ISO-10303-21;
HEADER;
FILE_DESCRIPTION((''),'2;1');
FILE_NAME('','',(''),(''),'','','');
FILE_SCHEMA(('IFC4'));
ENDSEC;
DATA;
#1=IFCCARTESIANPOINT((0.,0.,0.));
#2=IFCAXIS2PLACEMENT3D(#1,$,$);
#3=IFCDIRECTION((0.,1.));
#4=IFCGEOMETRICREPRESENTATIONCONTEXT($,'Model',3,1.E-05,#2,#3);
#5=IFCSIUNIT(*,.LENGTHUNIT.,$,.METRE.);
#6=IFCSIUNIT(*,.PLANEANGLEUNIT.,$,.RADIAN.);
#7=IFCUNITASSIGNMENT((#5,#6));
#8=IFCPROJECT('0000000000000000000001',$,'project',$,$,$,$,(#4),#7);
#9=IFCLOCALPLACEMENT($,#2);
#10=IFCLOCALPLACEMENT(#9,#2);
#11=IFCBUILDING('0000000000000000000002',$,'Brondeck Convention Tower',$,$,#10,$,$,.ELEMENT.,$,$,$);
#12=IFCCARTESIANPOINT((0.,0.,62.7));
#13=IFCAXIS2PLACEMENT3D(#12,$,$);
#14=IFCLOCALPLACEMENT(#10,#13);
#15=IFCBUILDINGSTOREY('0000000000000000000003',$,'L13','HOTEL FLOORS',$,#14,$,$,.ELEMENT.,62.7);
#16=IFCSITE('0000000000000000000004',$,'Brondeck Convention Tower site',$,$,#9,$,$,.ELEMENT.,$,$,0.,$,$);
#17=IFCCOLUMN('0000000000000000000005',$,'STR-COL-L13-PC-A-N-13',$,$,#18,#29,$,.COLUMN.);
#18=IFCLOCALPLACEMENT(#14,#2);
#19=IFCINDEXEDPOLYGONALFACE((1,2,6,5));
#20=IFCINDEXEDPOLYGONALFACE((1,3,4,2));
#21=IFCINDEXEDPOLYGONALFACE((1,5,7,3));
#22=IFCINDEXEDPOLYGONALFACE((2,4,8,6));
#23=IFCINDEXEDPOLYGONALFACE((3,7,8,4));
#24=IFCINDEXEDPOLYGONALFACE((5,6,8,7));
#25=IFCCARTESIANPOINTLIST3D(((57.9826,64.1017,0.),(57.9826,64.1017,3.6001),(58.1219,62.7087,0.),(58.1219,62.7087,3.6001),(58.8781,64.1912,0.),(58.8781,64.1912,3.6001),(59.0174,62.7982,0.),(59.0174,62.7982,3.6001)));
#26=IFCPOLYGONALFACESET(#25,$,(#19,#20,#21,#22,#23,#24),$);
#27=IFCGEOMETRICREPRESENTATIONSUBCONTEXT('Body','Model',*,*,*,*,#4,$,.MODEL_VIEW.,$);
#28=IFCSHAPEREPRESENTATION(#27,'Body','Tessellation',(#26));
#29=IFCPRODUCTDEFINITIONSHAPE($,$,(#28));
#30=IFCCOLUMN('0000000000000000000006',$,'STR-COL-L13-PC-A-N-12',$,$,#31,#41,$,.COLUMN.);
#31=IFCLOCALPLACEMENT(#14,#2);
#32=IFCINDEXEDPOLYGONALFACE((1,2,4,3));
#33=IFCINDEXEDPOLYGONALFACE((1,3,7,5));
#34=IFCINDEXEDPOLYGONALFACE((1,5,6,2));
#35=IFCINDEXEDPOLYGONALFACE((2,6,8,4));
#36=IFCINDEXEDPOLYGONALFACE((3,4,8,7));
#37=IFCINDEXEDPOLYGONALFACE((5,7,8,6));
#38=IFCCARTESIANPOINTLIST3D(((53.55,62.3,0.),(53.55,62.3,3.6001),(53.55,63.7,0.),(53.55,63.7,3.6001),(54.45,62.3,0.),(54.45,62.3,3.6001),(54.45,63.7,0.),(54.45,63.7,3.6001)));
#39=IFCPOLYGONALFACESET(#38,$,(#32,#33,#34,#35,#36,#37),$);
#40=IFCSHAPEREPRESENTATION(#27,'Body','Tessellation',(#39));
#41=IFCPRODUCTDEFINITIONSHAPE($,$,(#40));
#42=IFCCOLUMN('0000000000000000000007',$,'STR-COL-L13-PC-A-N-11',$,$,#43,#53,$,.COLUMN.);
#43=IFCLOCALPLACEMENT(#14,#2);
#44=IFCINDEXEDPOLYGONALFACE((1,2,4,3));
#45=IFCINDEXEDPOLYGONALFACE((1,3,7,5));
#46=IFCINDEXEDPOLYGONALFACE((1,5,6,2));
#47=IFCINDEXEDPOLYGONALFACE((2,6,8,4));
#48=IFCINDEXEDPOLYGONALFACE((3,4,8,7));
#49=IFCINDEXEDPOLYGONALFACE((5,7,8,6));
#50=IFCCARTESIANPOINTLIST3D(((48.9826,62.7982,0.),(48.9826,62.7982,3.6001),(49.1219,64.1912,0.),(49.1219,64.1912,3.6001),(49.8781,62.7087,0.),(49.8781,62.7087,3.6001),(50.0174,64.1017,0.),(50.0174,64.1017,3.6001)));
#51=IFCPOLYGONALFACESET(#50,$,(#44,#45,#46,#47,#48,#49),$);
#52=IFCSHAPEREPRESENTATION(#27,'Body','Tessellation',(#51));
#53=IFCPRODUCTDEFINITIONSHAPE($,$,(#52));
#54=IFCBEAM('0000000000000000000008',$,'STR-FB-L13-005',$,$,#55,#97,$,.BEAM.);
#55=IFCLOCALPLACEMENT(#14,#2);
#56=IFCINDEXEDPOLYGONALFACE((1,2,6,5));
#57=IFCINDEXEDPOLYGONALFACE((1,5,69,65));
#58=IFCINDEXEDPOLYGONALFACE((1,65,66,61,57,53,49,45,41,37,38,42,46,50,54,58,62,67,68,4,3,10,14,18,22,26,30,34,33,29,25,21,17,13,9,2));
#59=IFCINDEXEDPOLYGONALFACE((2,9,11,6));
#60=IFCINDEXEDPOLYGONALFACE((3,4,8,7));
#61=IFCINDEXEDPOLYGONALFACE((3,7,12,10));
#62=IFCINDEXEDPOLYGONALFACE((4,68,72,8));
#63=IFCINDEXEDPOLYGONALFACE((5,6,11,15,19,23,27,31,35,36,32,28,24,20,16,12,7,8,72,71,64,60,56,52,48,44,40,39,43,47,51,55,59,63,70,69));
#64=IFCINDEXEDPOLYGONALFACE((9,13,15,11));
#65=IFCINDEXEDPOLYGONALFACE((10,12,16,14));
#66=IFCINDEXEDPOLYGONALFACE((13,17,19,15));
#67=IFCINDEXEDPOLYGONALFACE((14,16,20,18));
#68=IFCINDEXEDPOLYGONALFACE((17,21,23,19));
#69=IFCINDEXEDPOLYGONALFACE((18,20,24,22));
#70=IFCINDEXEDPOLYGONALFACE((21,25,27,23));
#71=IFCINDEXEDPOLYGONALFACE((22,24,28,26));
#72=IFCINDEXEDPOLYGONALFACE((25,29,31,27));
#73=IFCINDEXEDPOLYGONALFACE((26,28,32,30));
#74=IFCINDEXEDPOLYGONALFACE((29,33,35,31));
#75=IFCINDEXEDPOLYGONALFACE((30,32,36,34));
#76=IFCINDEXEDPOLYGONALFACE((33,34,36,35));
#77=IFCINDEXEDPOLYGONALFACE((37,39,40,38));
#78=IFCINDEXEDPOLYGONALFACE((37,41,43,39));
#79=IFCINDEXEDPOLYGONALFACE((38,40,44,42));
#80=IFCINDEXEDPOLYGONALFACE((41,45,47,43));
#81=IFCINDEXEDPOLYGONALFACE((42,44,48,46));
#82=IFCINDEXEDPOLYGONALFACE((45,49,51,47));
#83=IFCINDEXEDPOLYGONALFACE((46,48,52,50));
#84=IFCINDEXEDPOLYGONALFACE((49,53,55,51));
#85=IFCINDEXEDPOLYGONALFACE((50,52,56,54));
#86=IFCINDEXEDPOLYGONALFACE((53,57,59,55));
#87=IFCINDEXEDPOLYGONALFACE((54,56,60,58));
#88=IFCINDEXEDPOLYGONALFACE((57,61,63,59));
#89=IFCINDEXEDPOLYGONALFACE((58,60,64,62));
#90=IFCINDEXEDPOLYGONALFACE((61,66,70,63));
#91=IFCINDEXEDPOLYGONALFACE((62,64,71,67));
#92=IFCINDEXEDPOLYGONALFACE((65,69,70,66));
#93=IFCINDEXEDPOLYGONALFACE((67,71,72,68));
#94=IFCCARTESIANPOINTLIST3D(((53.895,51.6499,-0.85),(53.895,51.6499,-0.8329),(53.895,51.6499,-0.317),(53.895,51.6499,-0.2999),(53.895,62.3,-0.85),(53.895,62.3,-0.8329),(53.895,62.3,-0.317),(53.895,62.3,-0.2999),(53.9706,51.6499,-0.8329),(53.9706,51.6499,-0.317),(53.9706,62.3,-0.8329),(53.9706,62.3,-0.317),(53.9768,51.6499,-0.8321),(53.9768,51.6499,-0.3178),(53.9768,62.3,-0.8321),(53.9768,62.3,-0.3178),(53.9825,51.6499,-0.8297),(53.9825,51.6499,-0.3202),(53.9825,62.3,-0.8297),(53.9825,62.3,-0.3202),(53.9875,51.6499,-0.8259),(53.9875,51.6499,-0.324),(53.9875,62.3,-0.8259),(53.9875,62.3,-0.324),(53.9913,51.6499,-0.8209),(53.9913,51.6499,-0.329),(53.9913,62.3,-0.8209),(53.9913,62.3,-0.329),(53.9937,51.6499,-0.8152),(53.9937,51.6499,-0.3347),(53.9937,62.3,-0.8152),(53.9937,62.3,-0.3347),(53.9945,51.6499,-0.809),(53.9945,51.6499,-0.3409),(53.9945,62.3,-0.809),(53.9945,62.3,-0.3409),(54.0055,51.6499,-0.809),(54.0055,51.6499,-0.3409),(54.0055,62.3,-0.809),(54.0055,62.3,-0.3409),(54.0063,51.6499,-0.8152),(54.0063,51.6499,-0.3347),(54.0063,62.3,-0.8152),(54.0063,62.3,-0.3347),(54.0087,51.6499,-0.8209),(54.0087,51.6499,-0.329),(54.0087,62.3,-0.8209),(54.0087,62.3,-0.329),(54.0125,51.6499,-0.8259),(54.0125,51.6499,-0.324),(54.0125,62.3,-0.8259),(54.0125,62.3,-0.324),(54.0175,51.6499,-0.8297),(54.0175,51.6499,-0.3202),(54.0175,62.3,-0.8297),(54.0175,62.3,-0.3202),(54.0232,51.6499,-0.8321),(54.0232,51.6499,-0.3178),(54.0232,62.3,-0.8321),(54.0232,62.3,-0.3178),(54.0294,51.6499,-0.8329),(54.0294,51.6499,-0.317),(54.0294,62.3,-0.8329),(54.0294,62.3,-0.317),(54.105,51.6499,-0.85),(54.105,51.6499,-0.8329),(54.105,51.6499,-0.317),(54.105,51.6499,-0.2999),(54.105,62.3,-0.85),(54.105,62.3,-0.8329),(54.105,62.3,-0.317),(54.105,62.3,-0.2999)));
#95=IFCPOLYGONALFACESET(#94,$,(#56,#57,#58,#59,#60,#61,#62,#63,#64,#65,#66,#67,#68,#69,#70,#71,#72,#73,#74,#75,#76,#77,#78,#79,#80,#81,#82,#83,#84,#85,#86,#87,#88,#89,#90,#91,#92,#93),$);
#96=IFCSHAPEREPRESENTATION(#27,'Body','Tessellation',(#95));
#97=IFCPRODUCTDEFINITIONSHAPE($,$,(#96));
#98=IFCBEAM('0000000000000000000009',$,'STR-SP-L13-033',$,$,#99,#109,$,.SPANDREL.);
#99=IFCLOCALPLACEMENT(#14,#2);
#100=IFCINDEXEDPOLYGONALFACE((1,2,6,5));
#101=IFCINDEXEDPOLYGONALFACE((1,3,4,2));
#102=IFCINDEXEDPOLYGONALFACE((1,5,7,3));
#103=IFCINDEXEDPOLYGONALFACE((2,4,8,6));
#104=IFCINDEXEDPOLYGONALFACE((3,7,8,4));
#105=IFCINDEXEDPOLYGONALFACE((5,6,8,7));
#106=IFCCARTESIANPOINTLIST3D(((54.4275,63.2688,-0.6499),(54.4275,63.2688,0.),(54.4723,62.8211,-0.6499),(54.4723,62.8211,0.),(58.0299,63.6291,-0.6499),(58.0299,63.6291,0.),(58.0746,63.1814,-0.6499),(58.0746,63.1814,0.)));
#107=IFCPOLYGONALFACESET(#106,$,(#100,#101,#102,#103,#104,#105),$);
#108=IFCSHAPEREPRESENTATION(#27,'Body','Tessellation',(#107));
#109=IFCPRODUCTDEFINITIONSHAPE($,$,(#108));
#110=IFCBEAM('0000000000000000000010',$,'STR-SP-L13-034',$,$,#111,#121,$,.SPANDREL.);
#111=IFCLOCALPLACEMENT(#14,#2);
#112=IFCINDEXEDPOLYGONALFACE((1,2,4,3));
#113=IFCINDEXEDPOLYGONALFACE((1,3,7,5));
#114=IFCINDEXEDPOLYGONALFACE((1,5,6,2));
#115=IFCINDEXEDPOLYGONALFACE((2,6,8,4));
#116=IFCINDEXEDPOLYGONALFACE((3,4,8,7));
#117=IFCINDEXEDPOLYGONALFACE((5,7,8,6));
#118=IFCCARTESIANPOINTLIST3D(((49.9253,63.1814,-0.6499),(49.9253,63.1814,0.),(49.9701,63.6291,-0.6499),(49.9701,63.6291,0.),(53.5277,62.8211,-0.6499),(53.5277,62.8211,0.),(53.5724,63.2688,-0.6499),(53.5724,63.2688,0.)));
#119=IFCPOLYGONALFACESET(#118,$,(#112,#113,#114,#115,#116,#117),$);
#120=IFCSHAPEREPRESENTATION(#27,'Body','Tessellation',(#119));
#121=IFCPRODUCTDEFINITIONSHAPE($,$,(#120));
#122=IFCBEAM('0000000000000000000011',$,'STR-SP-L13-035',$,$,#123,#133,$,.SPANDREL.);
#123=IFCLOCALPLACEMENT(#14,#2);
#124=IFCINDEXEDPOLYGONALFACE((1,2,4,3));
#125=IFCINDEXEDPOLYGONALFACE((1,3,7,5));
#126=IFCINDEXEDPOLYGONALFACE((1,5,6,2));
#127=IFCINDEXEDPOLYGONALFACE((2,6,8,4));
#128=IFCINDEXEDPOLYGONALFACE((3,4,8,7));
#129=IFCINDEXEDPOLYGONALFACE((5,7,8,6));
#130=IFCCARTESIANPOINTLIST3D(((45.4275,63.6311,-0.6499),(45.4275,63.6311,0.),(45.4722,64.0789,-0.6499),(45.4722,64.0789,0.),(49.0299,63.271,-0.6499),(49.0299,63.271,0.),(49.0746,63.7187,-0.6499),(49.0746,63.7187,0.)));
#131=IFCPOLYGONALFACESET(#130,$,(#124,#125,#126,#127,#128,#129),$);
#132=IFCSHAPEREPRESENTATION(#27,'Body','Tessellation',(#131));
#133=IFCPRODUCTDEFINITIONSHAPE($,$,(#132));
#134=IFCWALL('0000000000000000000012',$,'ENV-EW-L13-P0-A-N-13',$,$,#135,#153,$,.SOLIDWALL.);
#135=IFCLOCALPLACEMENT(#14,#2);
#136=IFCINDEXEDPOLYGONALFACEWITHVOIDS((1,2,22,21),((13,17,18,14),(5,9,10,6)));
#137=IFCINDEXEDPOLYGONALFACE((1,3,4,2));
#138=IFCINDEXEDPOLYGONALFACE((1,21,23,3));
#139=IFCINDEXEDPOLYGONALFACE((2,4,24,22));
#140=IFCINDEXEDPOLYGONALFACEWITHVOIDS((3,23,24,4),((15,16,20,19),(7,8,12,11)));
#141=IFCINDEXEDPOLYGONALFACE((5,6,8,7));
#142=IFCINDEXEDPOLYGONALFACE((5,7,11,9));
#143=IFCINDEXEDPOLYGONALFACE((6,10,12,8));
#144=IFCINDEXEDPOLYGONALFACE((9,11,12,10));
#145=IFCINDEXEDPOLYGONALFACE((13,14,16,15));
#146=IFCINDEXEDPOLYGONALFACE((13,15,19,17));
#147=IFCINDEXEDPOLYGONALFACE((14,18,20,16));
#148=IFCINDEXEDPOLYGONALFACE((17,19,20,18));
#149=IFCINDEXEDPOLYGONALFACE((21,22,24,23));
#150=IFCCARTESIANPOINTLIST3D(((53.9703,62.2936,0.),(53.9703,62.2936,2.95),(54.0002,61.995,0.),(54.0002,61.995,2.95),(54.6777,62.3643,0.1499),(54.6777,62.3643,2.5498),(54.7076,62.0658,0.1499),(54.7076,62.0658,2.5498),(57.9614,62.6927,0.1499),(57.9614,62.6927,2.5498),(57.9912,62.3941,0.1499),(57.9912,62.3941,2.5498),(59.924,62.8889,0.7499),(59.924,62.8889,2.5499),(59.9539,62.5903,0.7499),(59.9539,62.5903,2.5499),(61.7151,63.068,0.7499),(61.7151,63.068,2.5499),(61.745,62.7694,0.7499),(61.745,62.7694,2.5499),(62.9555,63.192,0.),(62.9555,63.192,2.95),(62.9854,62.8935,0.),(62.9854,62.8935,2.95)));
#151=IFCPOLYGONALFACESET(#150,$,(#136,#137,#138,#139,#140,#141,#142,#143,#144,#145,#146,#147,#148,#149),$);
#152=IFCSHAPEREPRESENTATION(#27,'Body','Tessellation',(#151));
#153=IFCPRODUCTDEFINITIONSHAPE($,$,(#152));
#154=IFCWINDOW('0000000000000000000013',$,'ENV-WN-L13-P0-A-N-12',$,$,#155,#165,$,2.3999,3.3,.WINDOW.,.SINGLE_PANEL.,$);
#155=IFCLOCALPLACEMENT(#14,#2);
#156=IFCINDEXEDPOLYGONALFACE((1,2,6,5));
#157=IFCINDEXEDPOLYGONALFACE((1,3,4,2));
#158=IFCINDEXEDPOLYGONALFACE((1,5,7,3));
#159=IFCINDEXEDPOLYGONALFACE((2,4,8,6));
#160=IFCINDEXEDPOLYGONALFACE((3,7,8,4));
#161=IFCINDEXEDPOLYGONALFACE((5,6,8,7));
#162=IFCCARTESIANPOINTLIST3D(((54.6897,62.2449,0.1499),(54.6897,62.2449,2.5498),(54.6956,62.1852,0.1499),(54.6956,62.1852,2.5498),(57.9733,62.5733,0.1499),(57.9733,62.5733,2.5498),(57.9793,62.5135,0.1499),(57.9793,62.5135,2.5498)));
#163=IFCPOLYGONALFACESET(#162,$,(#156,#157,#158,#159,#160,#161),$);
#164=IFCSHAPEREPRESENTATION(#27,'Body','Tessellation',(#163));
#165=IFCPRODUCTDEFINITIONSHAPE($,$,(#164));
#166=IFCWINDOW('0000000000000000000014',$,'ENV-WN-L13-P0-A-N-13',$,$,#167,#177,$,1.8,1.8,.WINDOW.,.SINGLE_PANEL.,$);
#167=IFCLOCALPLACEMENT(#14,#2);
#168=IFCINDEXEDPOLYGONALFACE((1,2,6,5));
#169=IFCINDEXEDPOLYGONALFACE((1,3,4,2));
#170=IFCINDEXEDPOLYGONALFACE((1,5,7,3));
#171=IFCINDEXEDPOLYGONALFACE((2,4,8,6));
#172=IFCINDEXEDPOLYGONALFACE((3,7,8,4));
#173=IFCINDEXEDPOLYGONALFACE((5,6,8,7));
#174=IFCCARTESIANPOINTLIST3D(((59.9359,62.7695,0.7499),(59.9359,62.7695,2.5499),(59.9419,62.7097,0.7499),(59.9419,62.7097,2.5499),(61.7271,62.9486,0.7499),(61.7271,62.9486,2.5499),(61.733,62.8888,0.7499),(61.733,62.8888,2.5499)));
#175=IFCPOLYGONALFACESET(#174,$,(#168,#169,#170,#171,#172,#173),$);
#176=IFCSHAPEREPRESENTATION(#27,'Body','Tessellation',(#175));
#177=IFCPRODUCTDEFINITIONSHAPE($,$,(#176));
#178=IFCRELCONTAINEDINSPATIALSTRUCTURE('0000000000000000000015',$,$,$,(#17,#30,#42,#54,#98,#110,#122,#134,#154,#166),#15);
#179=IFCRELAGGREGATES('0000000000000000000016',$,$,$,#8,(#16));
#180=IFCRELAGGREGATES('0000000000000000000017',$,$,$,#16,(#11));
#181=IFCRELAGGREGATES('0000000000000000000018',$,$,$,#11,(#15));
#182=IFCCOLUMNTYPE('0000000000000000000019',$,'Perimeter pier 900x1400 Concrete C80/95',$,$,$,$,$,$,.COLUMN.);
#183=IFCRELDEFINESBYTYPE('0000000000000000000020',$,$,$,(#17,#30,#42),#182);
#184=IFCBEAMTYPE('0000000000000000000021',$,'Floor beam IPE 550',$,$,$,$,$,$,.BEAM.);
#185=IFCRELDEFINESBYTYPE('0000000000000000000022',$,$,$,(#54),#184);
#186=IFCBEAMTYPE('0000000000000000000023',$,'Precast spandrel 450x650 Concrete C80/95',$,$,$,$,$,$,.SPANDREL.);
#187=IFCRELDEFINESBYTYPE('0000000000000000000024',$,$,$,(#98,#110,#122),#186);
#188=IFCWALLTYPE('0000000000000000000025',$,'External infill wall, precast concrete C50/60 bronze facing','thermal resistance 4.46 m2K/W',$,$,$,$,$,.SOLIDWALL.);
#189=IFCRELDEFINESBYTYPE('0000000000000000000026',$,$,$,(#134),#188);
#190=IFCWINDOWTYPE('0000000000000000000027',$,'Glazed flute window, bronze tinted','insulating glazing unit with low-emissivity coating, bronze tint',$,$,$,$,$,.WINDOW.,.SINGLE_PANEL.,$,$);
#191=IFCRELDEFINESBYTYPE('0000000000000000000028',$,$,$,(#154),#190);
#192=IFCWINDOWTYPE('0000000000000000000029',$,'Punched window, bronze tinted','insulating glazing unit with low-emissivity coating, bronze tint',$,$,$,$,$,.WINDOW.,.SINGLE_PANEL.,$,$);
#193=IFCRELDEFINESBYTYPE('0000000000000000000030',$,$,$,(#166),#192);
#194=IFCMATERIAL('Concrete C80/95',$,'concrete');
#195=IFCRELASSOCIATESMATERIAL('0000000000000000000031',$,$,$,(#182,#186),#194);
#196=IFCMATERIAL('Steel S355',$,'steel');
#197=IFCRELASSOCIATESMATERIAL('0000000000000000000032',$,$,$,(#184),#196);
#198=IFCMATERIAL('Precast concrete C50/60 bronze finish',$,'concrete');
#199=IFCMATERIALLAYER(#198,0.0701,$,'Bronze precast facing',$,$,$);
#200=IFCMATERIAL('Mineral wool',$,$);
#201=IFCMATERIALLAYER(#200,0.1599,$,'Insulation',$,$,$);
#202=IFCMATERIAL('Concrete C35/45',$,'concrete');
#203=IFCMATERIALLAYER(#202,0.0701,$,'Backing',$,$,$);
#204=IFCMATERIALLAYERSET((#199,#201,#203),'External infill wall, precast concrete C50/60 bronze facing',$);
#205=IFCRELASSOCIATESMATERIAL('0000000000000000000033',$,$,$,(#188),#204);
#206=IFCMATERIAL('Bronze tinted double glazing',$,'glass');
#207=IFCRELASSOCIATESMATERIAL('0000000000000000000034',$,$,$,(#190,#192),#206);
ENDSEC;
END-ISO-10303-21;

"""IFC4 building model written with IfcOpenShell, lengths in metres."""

from ifc_helpers import new_model, si_unit, direction, frame, frame_2d, origin, origin_2d, place, context, subcontext, project, spatial, rectangle, i_section, extrude, material, layer, layer_set, material_profile, profile_set, type_object, element, fill, save


model = new_model("IFC4")

# Units and contexts
model_context = context("Model", 3, precision=1e-05, world=origin(), true_north=direction((0.0, 1.0)))
body_context = subcontext(model_context, "Body", "Model", "MODEL_VIEW")
ifc_project = project(units=[si_unit("LENGTHUNIT", "METRE"), si_unit("PLANEANGLEUNIT", "RADIAN")], contexts=[model_context])

# Site, building, storey
site_placement = place(None, origin())
site = spatial("IfcSite", under=ifc_project, at=site_placement, Name="Brondeck Convention Tower site", CompositionType="ELEMENT", RefElevation=0.0)
building_placement = place(site_placement, origin())
building = spatial("IfcBuilding", under=site, at=building_placement, Name="Brondeck Convention Tower", CompositionType="ELEMENT")
storey_placement = place(building_placement, frame((0.0, 0.0, 62.7)))
storey = spatial("IfcBuildingStorey", under=building, at=storey_placement, Name="L13", Description="HOTEL FLOORS", CompositionType="ELEMENT", Elevation=62.7)

# Columns
ifc_material_1 = material(Name="Concrete C80/95", Category="concrete")
ifc_material_profile_1 = material_profile(ifc_material_1, rectangle(XDim=0.8999, YDim=1.3999, at=origin_2d()), Name="Perimeter pier 900x1400 Concrete C80/95")
ifc_profile_set_1 = profile_set([ifc_material_profile_1], Name="Concrete C80/95")
column_type = type_object("IfcColumnType", Name="Perimeter pier 900x1400 Concrete C80/95", PredefinedType="COLUMN", material=ifc_profile_set_1)
for number, where, z_axis, x_axis, name in (
    (1, (58.5, 63.45, 0.0), (0.0, 0.0, 1.0), (-0.995037, -0.099504, 0.0), "STR-COL-L13-PC-A-N-13"),
    (2, (54.0, 63.0, 0.0), (0.0, 0.0, 1.0), (-1.0, 0.0, 0.0), "STR-COL-L13-PC-A-N-12"),
    (3, (49.5, 63.45, 0.0), (0.0, 0.0, 1.0), (-0.995037, 0.099504, 0.0), "STR-COL-L13-PC-A-N-11"),
):
    element("IfcColumn", number, at=place(storey_placement, frame(where, z_axis=z_axis, x_axis=x_axis)), inside=storey, type_object=column_type, Name=name, PredefinedType="COLUMN", context=body_context, shape_type="SweptSolid", body=[
        extrude(rectangle(XDim=0.8999, YDim=1.3999, at=origin_2d()), origin(), (0.0, 0.0, 1.0), 3.6001),
    ])

# Beams
ifc_material_2 = material(Name="Steel S355", Category="steel")
ifc_material_profile_2 = material_profile(ifc_material_2, i_section(OverallWidth=0.21, OverallDepth=0.55, WebThickness=0.011, FlangeThickness=0.0171, FilletRadius=0.0239, at=origin_2d()), Name="IPE 550")
ifc_profile_set_2 = profile_set([ifc_material_profile_2], Name="Steel S355")
beam_type_1 = type_object("IfcBeamType", Name="Floor beam IPE 550", PredefinedType="BEAM", material=ifc_profile_set_2)
beam_placement = place(storey_placement, frame((54.0, 51.6499, -0.575), z_axis=(0.0, 1.0, 0.0), x_axis=(-1.0, 0.0, 0.0)))
element("IfcBeam", 4, at=beam_placement, inside=storey, type_object=beam_type_1, Name="STR-FB-L13-005", PredefinedType="BEAM", context=body_context, shape_type="SweptSolid", body=[
    extrude(i_section(OverallWidth=0.21, OverallDepth=0.55, WebThickness=0.011, FlangeThickness=0.0171, FilletRadius=0.0239, at=origin_2d()), origin(), (0.0, 0.0, 1.0), 10.6501),
])
ifc_material_profile_3 = material_profile(ifc_material_1, rectangle(XDim=0.45, YDim=0.6499, at=origin_2d()), Name="Precast spandrel 450x650 Concrete C80/95")
ifc_profile_set_3 = profile_set([ifc_material_profile_3], Name="Concrete C80/95")
beam_type_2 = type_object("IfcBeamType", Name="Precast spandrel 450x650 Concrete C80/95", PredefinedType="SPANDREL", material=ifc_profile_set_3)
for number, where, z_axis, x_axis, name in (
    (5, (58.0522, 63.4053, -0.325), (-0.995034, -0.099537, 0.0), (0.099537, -0.995034, 0.0), "STR-SP-L13-033"),
    (6, (53.55, 63.0449, -0.325), (-0.995034, 0.099537, 0.0), (-0.099537, -0.995034, 0.0), "STR-SP-L13-034"),
    (7, (49.0522, 63.4949, -0.325), (-0.995041, 0.09947, 0.0), (-0.09947, -0.995041, 0.0), "STR-SP-L13-035"),
):
    element("IfcBeam", number, at=place(storey_placement, frame(where, z_axis=z_axis, x_axis=x_axis)), inside=storey, type_object=beam_type_2, Name=name, PredefinedType="SPANDREL", context=body_context, shape_type="SweptSolid", body=[
        extrude(rectangle(XDim=0.45, YDim=0.6499, at=origin_2d()), origin(), (0.0, 0.0, 1.0), 3.6204),
    ])

# Wall, openings, windows
ifc_material_3 = material(Name="Precast concrete C50/60 bronze finish", Category="concrete")
ifc_layer_1 = layer(ifc_material_3, 0.0701, Name="Bronze precast facing")
ifc_material_4 = material(Name="Mineral wool")
ifc_layer_2 = layer(ifc_material_4, 0.1599, Name="Insulation")
ifc_material_5 = material(Name="Concrete C35/45", Category="concrete")
ifc_layer_3 = layer(ifc_material_5, 0.0701, Name="Backing")
ifc_layer_set_1 = layer_set([ifc_layer_1, ifc_layer_2, ifc_layer_3], Name="External infill wall, precast concrete C50/60 bronze facing")
wall_type_1 = type_object("IfcWallType", Name="External infill wall, precast concrete C50/60 bronze facing", Description="thermal resistance 4.46 m2K/W", PredefinedType="SOLIDWALL", material=ifc_layer_set_1)
wall_1_placement = place(storey_placement, frame((53.9851, 62.1443, 0.0), z_axis=(0.0, 0.0, 1.0), x_axis=(0.995038, 0.099496, 0.0)))
wall_1 = element("IfcWall", 8, at=wall_1_placement, inside=storey, type_object=wall_type_1, Name="ENV-EW-L13-P0-A-N-13", PredefinedType="SOLIDWALL", context=body_context, shape_type="SweptSolid", body=[
    extrude(rectangle(XDim=9.03, YDim=0.3, at=frame_2d((4.5151, 0.0))), origin(), (0.0, 0.0, 1.0), 2.95),
])
opening_1_placement = place(wall_1_placement, frame((0.7112, 0.0, 0.1499)))
opening_1 = element("IfcOpeningElement", 9, at=opening_1_placement, cuts=wall_1, PredefinedType="OPENING", context=body_context, shape_type="SweptSolid", body=[
    extrude(rectangle(XDim=3.3, YDim=2.3999, at=frame_2d((1.6499, 1.2))), frame((0.0, 0.1599, 0.0), z_axis=(0.0, -1.0, 0.0), x_axis=(1.0, 0.0, 0.0)), (0.0, 0.0, 1.0), 0.3201),
])
opening_2_placement = place(wall_1_placement, frame((5.9836, 0.0, 0.75)))
opening_2 = element("IfcOpeningElement", 10, at=opening_2_placement, cuts=wall_1, PredefinedType="OPENING", context=body_context, shape_type="SweptSolid", body=[
    extrude(rectangle(XDim=1.8, YDim=1.8, at=frame_2d((0.8999, 0.8999))), frame((0.0, 0.1599, 0.0), z_axis=(0.0, -1.0, 0.0), x_axis=(1.0, 0.0, 0.0)), (0.0, 0.0, 1.0), 0.3201),
])
ifc_material_6 = material(Name="Bronze tinted double glazing", Category="glass")
window_type_1 = type_object("IfcWindowType", Name="Glazed flute window, bronze tinted", Description="insulating glazing unit with low-emissivity coating, bronze tint", PartitioningType="SINGLE_PANEL", PredefinedType="WINDOW", material=ifc_material_6)
window_1_placement = place(opening_1_placement, origin())
window_1 = element("IfcWindow", 11, at=window_1_placement, inside=storey, type_object=window_type_1, Name="ENV-WN-L13-P0-A-N-12", OverallHeight=2.3999, OverallWidth=3.3, PartitioningType="SINGLE_PANEL", PredefinedType="WINDOW", context=body_context, shape_type="SweptSolid", body=[
    extrude(rectangle(XDim=3.3, YDim=2.3999, at=frame_2d((1.6499, 1.2))), frame((0.0, 0.03, 0.0), z_axis=(0.0, -1.0, 0.0), x_axis=(1.0, 0.0, 0.0)), (0.0, 0.0, 1.0), 0.0601),
])
fill(opening_1, window_1)
window_type_2 = type_object("IfcWindowType", Name="Punched window, bronze tinted", Description="insulating glazing unit with low-emissivity coating, bronze tint", PartitioningType="SINGLE_PANEL", PredefinedType="WINDOW", material=ifc_material_6)
window_2_placement = place(opening_2_placement, origin())
window_2 = element("IfcWindow", 12, at=window_2_placement, inside=storey, type_object=window_type_2, Name="ENV-WN-L13-P0-A-N-13", OverallHeight=1.8, OverallWidth=1.8, PartitioningType="SINGLE_PANEL", PredefinedType="WINDOW", context=body_context, shape_type="SweptSolid", body=[
    extrude(rectangle(XDim=1.8, YDim=1.8, at=frame_2d((0.8999, 0.8999))), frame((0.0, 0.03, 0.0), z_axis=(0.0, -1.0, 0.0), x_axis=(1.0, 0.0, 0.0)), (0.0, 0.0, 1.0), 0.0601),
])
fill(opening_2, window_2)

save(model, "model.ifc")
